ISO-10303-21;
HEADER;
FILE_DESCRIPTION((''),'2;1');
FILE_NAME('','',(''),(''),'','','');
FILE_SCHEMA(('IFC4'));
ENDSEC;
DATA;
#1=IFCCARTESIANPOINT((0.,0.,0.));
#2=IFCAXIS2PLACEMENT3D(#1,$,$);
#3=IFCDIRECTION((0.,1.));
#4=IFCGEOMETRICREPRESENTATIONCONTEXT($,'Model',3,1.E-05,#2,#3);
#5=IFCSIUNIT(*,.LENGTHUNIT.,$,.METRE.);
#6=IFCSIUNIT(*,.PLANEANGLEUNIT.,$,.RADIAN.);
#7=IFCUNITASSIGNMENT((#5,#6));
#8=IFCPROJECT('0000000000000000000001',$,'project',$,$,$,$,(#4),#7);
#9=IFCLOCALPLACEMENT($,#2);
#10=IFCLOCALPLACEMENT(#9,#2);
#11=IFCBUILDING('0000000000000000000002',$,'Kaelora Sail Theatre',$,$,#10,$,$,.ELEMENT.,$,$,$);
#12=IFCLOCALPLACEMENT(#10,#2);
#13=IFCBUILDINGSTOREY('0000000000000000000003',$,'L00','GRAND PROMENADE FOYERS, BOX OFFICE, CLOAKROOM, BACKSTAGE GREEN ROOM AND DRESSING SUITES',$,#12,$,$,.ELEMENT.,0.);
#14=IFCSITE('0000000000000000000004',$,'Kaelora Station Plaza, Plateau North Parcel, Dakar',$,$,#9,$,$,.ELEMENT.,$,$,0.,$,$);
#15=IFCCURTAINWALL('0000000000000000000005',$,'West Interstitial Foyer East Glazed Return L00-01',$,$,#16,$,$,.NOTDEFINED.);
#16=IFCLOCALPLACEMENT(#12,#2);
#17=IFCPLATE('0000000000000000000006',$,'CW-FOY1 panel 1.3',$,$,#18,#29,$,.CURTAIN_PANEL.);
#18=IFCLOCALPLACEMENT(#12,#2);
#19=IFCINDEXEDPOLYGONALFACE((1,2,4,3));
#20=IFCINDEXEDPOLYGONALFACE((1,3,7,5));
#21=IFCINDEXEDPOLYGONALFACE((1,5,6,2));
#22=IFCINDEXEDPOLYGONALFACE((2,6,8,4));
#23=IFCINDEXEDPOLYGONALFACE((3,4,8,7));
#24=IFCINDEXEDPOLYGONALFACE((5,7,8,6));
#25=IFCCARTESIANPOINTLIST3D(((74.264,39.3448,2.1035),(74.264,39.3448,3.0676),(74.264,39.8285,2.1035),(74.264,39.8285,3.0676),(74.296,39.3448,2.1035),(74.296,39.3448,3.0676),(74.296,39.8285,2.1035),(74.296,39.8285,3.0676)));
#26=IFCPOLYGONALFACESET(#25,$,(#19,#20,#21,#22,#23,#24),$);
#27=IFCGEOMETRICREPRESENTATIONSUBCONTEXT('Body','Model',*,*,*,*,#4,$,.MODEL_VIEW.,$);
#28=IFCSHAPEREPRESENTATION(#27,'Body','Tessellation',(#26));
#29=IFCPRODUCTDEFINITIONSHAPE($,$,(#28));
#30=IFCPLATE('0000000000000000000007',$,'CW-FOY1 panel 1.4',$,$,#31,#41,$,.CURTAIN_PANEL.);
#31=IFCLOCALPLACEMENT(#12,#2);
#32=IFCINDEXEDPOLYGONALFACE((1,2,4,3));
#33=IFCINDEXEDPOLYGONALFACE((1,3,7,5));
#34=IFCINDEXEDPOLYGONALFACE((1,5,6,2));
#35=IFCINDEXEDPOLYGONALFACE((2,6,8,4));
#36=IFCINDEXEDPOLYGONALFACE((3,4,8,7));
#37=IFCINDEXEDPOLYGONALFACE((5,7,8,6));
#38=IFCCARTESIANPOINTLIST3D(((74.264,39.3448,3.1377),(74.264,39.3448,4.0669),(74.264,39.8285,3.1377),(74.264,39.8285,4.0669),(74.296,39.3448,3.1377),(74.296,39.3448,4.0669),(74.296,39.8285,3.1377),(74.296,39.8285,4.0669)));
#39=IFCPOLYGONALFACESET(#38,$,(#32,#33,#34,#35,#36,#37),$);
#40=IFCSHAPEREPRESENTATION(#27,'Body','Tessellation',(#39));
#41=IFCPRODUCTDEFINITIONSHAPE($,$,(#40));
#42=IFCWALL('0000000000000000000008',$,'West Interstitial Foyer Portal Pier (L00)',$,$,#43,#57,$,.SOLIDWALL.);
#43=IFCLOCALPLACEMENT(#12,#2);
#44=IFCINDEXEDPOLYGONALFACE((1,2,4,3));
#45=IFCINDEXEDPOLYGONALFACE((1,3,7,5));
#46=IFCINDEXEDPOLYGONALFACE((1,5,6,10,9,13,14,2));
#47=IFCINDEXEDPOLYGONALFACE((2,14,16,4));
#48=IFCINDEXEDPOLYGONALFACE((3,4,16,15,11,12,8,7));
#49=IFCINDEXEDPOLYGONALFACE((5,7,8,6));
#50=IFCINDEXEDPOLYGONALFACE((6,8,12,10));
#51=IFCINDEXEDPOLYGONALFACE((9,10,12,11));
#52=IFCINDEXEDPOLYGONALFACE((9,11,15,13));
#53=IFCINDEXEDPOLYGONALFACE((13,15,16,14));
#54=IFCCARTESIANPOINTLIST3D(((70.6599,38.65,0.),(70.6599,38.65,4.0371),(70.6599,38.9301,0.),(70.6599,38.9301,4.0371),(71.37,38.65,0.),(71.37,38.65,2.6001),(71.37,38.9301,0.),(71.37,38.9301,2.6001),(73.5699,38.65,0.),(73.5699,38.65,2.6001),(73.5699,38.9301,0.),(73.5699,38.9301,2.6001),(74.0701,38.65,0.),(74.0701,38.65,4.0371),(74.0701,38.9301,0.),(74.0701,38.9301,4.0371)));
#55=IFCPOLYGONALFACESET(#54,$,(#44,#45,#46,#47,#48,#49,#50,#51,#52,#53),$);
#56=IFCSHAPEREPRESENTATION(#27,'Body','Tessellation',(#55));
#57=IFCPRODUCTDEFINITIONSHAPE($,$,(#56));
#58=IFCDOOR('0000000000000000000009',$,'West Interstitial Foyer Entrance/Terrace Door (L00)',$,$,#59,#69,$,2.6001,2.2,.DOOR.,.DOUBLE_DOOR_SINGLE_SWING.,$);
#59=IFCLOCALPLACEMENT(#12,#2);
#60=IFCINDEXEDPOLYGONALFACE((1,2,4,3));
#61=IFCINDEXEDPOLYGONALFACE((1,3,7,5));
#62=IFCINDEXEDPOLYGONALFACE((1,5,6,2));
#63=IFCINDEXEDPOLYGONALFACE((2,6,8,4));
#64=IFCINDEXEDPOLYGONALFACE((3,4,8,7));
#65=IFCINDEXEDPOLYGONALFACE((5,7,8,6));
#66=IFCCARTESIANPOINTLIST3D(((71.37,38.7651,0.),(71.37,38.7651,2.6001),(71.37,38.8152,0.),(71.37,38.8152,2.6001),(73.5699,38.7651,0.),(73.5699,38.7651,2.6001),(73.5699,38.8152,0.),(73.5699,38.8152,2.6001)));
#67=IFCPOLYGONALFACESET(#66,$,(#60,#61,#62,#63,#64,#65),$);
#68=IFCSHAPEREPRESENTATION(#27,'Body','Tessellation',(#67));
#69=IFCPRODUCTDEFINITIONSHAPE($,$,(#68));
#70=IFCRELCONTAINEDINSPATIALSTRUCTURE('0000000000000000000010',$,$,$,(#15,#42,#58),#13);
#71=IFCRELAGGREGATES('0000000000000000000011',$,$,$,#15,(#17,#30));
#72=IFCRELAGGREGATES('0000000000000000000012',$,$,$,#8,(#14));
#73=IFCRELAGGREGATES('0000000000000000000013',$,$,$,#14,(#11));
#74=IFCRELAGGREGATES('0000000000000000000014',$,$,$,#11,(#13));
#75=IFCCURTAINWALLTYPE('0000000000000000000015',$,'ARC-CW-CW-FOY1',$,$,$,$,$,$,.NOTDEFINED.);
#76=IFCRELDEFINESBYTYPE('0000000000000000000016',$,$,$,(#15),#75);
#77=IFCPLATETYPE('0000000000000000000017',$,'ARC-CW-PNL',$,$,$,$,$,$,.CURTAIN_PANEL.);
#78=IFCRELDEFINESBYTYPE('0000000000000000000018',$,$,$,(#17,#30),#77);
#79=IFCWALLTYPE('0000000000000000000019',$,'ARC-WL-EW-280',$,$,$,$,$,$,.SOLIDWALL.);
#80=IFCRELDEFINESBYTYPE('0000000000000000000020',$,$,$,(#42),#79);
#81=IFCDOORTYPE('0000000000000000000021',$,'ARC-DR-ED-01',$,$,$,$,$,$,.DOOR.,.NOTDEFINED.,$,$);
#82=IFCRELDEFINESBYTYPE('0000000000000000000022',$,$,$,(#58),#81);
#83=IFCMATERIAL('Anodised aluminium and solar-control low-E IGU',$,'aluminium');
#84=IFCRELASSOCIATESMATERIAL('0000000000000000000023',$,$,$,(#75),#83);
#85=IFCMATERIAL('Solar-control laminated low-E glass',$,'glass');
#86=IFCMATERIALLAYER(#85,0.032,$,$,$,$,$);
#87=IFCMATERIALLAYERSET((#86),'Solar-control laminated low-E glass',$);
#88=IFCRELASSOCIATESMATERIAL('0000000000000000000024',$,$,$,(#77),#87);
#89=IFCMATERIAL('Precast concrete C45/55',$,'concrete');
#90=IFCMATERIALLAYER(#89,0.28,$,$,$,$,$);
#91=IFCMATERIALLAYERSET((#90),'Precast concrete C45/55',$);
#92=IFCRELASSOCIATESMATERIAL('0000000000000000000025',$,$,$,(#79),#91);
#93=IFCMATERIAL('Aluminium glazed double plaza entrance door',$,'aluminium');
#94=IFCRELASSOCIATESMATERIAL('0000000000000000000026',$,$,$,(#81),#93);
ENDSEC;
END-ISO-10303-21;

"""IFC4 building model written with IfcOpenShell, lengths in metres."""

from ifc_helpers import new_model, si_unit, direction, frame, frame_2d, origin, origin_2d, place, context, subcontext, project, spatial, rectangle, extrude, material, layer, layer_set, type_object, element, fill, aggregate, save


model = new_model("IFC4")

# Units and contexts
model_context = context("Model", 3, precision=1e-05, world=origin(), true_north=direction((0.0, 1.0)))
body_context = subcontext(model_context, "Body", "Model", "MODEL_VIEW")
ifc_project = project(units=[si_unit("LENGTHUNIT", "METRE"), si_unit("PLANEANGLEUNIT", "RADIAN")], contexts=[model_context])

# Site, building, storey
site_placement = place(None, origin())
site = spatial("IfcSite", under=ifc_project, at=site_placement, Name="Kaelora Station Plaza, Plateau North Parcel, Dakar", CompositionType="ELEMENT", RefElevation=0.0)
building_placement = place(site_placement, origin())
building = spatial("IfcBuilding", under=site, at=building_placement, Name="Kaelora Sail Theatre", CompositionType="ELEMENT")
storey_placement = place(building_placement, origin())
storey = spatial("IfcBuildingStorey", under=building, at=storey_placement, Name="L00", Description="GRAND PROMENADE FOYERS, BOX OFFICE, CLOAKROOM, BACKSTAGE GREEN ROOM AND DRESSING SUITES", CompositionType="ELEMENT", Elevation=0.0)

# Curtain wall
ifc_material_1 = material(Name="Anodised aluminium and solar-control low-E IGU", Category="aluminium")
curtain_wall_type = type_object("IfcCurtainWallType", Name="ARC-CW-CW-FOY1", PredefinedType="NOTDEFINED", material=ifc_material_1)
curtain_wall_1_placement = place(storey_placement, origin())
curtain_wall_1 = element("IfcCurtainWall", 1, at=curtain_wall_1_placement, inside=storey, type_object=curtain_wall_type, Name="West Interstitial Foyer East Glazed Return L00-01", PredefinedType="NOTDEFINED")

# Plates
ifc_material_2 = material(Name="Solar-control laminated low-E glass", Category="glass")
ifc_layer_1 = layer(ifc_material_2, 0.032)
ifc_layer_set_1 = layer_set([ifc_layer_1], Name="Solar-control laminated low-E glass")
plate_type = type_object("IfcPlateType", Name="ARC-CW-PNL", PredefinedType="CURTAIN_PANEL", material=ifc_layer_set_1)
plate_1_placement = place(storey_placement, frame((74.28, 39.5867, 2.1035), z_axis=(0.0, 0.0, 1.0), x_axis=(0.0, 1.0, 0.0)))
plate_1 = element("IfcPlate", 2, at=plate_1_placement, type_object=plate_type, Name="CW-FOY1 panel 1.3", PredefinedType="CURTAIN_PANEL", context=body_context, shape_type="SweptSolid", body=[
    extrude(rectangle(XDim=0.4836, YDim=0.032, at=origin_2d()), origin(), (0.0, 0.0, 1.0), 0.9641),
])
plate_2_placement = place(storey_placement, frame((74.28, 39.5867, 3.1377), z_axis=(0.0, 0.0, 1.0), x_axis=(0.0, 1.0, 0.0)))
plate_2 = element("IfcPlate", 3, at=plate_2_placement, type_object=plate_type, Name="CW-FOY1 panel 1.4", PredefinedType="CURTAIN_PANEL", context=body_context, shape_type="SweptSolid", body=[
    extrude(rectangle(XDim=0.4836, YDim=0.032, at=origin_2d()), origin(), (0.0, 0.0, 1.0), 0.9292),
])
aggregate(curtain_wall_1, [plate_1, plate_2])

# Wall, opening, door
ifc_material_3 = material(Name="Precast concrete C45/55", Category="concrete")
ifc_layer_2 = layer(ifc_material_3, 0.28)
ifc_layer_set_2 = layer_set([ifc_layer_2], Name="Precast concrete C45/55")
wall_type = type_object("IfcWallType", Name="ARC-WL-EW-280", PredefinedType="SOLIDWALL", material=ifc_layer_set_2)
wall_placement = place(storey_placement, frame((74.0701, 38.79, 0.0), z_axis=(0.0, 0.0, 1.0), x_axis=(-1.0, 0.0, 0.0)))
wall = element("IfcWall", 4, at=wall_placement, inside=storey, type_object=wall_type, Name="West Interstitial Foyer Portal Pier (L00)", PredefinedType="SOLIDWALL", context=body_context, shape_type="SweptSolid", body=[
    extrude(rectangle(XDim=3.4102, YDim=0.28, at=frame_2d((1.7051, 0.0))), origin(), (0.0, 0.0, 1.0), 4.0371),
])
opening_placement = place(wall_placement, frame((0.5, 0.0, 0.0)))
opening = element("IfcOpeningElement", 5, at=opening_placement, cuts=wall, PredefinedType="OPENING", context=body_context, shape_type="SweptSolid", body=[
    extrude(rectangle(XDim=2.2, YDim=2.6001, at=frame_2d((1.1001, 1.3))), frame((0.0, 0.1501, 0.0), z_axis=(0.0, -1.0, 0.0), x_axis=(1.0, 0.0, 0.0)), (0.0, 0.0, 1.0), 0.3),
])
ifc_material_4 = material(Name="Aluminium glazed double plaza entrance door", Category="aluminium")
door_type = type_object("IfcDoorType", Name="ARC-DR-ED-01", OperationType="NOTDEFINED", PredefinedType="DOOR", material=ifc_material_4)
door_placement = place(opening_placement, origin())
door = element("IfcDoor", 6, at=door_placement, inside=storey, type_object=door_type, Name="West Interstitial Foyer Entrance/Terrace Door (L00)", OperationType="DOUBLE_DOOR_SINGLE_SWING", OverallHeight=2.6001, OverallWidth=2.2, PredefinedType="DOOR", context=body_context, shape_type="SweptSolid", body=[
    extrude(rectangle(XDim=2.2, YDim=2.6001, at=frame_2d((1.1001, 1.3))), frame((0.0, 0.0249, 0.0), z_axis=(0.0, -1.0, 0.0), x_axis=(1.0, 0.0, 0.0)), (0.0, 0.0, 1.0), 0.05),
])
fill(opening, door)

save(model, "model.ifc")
